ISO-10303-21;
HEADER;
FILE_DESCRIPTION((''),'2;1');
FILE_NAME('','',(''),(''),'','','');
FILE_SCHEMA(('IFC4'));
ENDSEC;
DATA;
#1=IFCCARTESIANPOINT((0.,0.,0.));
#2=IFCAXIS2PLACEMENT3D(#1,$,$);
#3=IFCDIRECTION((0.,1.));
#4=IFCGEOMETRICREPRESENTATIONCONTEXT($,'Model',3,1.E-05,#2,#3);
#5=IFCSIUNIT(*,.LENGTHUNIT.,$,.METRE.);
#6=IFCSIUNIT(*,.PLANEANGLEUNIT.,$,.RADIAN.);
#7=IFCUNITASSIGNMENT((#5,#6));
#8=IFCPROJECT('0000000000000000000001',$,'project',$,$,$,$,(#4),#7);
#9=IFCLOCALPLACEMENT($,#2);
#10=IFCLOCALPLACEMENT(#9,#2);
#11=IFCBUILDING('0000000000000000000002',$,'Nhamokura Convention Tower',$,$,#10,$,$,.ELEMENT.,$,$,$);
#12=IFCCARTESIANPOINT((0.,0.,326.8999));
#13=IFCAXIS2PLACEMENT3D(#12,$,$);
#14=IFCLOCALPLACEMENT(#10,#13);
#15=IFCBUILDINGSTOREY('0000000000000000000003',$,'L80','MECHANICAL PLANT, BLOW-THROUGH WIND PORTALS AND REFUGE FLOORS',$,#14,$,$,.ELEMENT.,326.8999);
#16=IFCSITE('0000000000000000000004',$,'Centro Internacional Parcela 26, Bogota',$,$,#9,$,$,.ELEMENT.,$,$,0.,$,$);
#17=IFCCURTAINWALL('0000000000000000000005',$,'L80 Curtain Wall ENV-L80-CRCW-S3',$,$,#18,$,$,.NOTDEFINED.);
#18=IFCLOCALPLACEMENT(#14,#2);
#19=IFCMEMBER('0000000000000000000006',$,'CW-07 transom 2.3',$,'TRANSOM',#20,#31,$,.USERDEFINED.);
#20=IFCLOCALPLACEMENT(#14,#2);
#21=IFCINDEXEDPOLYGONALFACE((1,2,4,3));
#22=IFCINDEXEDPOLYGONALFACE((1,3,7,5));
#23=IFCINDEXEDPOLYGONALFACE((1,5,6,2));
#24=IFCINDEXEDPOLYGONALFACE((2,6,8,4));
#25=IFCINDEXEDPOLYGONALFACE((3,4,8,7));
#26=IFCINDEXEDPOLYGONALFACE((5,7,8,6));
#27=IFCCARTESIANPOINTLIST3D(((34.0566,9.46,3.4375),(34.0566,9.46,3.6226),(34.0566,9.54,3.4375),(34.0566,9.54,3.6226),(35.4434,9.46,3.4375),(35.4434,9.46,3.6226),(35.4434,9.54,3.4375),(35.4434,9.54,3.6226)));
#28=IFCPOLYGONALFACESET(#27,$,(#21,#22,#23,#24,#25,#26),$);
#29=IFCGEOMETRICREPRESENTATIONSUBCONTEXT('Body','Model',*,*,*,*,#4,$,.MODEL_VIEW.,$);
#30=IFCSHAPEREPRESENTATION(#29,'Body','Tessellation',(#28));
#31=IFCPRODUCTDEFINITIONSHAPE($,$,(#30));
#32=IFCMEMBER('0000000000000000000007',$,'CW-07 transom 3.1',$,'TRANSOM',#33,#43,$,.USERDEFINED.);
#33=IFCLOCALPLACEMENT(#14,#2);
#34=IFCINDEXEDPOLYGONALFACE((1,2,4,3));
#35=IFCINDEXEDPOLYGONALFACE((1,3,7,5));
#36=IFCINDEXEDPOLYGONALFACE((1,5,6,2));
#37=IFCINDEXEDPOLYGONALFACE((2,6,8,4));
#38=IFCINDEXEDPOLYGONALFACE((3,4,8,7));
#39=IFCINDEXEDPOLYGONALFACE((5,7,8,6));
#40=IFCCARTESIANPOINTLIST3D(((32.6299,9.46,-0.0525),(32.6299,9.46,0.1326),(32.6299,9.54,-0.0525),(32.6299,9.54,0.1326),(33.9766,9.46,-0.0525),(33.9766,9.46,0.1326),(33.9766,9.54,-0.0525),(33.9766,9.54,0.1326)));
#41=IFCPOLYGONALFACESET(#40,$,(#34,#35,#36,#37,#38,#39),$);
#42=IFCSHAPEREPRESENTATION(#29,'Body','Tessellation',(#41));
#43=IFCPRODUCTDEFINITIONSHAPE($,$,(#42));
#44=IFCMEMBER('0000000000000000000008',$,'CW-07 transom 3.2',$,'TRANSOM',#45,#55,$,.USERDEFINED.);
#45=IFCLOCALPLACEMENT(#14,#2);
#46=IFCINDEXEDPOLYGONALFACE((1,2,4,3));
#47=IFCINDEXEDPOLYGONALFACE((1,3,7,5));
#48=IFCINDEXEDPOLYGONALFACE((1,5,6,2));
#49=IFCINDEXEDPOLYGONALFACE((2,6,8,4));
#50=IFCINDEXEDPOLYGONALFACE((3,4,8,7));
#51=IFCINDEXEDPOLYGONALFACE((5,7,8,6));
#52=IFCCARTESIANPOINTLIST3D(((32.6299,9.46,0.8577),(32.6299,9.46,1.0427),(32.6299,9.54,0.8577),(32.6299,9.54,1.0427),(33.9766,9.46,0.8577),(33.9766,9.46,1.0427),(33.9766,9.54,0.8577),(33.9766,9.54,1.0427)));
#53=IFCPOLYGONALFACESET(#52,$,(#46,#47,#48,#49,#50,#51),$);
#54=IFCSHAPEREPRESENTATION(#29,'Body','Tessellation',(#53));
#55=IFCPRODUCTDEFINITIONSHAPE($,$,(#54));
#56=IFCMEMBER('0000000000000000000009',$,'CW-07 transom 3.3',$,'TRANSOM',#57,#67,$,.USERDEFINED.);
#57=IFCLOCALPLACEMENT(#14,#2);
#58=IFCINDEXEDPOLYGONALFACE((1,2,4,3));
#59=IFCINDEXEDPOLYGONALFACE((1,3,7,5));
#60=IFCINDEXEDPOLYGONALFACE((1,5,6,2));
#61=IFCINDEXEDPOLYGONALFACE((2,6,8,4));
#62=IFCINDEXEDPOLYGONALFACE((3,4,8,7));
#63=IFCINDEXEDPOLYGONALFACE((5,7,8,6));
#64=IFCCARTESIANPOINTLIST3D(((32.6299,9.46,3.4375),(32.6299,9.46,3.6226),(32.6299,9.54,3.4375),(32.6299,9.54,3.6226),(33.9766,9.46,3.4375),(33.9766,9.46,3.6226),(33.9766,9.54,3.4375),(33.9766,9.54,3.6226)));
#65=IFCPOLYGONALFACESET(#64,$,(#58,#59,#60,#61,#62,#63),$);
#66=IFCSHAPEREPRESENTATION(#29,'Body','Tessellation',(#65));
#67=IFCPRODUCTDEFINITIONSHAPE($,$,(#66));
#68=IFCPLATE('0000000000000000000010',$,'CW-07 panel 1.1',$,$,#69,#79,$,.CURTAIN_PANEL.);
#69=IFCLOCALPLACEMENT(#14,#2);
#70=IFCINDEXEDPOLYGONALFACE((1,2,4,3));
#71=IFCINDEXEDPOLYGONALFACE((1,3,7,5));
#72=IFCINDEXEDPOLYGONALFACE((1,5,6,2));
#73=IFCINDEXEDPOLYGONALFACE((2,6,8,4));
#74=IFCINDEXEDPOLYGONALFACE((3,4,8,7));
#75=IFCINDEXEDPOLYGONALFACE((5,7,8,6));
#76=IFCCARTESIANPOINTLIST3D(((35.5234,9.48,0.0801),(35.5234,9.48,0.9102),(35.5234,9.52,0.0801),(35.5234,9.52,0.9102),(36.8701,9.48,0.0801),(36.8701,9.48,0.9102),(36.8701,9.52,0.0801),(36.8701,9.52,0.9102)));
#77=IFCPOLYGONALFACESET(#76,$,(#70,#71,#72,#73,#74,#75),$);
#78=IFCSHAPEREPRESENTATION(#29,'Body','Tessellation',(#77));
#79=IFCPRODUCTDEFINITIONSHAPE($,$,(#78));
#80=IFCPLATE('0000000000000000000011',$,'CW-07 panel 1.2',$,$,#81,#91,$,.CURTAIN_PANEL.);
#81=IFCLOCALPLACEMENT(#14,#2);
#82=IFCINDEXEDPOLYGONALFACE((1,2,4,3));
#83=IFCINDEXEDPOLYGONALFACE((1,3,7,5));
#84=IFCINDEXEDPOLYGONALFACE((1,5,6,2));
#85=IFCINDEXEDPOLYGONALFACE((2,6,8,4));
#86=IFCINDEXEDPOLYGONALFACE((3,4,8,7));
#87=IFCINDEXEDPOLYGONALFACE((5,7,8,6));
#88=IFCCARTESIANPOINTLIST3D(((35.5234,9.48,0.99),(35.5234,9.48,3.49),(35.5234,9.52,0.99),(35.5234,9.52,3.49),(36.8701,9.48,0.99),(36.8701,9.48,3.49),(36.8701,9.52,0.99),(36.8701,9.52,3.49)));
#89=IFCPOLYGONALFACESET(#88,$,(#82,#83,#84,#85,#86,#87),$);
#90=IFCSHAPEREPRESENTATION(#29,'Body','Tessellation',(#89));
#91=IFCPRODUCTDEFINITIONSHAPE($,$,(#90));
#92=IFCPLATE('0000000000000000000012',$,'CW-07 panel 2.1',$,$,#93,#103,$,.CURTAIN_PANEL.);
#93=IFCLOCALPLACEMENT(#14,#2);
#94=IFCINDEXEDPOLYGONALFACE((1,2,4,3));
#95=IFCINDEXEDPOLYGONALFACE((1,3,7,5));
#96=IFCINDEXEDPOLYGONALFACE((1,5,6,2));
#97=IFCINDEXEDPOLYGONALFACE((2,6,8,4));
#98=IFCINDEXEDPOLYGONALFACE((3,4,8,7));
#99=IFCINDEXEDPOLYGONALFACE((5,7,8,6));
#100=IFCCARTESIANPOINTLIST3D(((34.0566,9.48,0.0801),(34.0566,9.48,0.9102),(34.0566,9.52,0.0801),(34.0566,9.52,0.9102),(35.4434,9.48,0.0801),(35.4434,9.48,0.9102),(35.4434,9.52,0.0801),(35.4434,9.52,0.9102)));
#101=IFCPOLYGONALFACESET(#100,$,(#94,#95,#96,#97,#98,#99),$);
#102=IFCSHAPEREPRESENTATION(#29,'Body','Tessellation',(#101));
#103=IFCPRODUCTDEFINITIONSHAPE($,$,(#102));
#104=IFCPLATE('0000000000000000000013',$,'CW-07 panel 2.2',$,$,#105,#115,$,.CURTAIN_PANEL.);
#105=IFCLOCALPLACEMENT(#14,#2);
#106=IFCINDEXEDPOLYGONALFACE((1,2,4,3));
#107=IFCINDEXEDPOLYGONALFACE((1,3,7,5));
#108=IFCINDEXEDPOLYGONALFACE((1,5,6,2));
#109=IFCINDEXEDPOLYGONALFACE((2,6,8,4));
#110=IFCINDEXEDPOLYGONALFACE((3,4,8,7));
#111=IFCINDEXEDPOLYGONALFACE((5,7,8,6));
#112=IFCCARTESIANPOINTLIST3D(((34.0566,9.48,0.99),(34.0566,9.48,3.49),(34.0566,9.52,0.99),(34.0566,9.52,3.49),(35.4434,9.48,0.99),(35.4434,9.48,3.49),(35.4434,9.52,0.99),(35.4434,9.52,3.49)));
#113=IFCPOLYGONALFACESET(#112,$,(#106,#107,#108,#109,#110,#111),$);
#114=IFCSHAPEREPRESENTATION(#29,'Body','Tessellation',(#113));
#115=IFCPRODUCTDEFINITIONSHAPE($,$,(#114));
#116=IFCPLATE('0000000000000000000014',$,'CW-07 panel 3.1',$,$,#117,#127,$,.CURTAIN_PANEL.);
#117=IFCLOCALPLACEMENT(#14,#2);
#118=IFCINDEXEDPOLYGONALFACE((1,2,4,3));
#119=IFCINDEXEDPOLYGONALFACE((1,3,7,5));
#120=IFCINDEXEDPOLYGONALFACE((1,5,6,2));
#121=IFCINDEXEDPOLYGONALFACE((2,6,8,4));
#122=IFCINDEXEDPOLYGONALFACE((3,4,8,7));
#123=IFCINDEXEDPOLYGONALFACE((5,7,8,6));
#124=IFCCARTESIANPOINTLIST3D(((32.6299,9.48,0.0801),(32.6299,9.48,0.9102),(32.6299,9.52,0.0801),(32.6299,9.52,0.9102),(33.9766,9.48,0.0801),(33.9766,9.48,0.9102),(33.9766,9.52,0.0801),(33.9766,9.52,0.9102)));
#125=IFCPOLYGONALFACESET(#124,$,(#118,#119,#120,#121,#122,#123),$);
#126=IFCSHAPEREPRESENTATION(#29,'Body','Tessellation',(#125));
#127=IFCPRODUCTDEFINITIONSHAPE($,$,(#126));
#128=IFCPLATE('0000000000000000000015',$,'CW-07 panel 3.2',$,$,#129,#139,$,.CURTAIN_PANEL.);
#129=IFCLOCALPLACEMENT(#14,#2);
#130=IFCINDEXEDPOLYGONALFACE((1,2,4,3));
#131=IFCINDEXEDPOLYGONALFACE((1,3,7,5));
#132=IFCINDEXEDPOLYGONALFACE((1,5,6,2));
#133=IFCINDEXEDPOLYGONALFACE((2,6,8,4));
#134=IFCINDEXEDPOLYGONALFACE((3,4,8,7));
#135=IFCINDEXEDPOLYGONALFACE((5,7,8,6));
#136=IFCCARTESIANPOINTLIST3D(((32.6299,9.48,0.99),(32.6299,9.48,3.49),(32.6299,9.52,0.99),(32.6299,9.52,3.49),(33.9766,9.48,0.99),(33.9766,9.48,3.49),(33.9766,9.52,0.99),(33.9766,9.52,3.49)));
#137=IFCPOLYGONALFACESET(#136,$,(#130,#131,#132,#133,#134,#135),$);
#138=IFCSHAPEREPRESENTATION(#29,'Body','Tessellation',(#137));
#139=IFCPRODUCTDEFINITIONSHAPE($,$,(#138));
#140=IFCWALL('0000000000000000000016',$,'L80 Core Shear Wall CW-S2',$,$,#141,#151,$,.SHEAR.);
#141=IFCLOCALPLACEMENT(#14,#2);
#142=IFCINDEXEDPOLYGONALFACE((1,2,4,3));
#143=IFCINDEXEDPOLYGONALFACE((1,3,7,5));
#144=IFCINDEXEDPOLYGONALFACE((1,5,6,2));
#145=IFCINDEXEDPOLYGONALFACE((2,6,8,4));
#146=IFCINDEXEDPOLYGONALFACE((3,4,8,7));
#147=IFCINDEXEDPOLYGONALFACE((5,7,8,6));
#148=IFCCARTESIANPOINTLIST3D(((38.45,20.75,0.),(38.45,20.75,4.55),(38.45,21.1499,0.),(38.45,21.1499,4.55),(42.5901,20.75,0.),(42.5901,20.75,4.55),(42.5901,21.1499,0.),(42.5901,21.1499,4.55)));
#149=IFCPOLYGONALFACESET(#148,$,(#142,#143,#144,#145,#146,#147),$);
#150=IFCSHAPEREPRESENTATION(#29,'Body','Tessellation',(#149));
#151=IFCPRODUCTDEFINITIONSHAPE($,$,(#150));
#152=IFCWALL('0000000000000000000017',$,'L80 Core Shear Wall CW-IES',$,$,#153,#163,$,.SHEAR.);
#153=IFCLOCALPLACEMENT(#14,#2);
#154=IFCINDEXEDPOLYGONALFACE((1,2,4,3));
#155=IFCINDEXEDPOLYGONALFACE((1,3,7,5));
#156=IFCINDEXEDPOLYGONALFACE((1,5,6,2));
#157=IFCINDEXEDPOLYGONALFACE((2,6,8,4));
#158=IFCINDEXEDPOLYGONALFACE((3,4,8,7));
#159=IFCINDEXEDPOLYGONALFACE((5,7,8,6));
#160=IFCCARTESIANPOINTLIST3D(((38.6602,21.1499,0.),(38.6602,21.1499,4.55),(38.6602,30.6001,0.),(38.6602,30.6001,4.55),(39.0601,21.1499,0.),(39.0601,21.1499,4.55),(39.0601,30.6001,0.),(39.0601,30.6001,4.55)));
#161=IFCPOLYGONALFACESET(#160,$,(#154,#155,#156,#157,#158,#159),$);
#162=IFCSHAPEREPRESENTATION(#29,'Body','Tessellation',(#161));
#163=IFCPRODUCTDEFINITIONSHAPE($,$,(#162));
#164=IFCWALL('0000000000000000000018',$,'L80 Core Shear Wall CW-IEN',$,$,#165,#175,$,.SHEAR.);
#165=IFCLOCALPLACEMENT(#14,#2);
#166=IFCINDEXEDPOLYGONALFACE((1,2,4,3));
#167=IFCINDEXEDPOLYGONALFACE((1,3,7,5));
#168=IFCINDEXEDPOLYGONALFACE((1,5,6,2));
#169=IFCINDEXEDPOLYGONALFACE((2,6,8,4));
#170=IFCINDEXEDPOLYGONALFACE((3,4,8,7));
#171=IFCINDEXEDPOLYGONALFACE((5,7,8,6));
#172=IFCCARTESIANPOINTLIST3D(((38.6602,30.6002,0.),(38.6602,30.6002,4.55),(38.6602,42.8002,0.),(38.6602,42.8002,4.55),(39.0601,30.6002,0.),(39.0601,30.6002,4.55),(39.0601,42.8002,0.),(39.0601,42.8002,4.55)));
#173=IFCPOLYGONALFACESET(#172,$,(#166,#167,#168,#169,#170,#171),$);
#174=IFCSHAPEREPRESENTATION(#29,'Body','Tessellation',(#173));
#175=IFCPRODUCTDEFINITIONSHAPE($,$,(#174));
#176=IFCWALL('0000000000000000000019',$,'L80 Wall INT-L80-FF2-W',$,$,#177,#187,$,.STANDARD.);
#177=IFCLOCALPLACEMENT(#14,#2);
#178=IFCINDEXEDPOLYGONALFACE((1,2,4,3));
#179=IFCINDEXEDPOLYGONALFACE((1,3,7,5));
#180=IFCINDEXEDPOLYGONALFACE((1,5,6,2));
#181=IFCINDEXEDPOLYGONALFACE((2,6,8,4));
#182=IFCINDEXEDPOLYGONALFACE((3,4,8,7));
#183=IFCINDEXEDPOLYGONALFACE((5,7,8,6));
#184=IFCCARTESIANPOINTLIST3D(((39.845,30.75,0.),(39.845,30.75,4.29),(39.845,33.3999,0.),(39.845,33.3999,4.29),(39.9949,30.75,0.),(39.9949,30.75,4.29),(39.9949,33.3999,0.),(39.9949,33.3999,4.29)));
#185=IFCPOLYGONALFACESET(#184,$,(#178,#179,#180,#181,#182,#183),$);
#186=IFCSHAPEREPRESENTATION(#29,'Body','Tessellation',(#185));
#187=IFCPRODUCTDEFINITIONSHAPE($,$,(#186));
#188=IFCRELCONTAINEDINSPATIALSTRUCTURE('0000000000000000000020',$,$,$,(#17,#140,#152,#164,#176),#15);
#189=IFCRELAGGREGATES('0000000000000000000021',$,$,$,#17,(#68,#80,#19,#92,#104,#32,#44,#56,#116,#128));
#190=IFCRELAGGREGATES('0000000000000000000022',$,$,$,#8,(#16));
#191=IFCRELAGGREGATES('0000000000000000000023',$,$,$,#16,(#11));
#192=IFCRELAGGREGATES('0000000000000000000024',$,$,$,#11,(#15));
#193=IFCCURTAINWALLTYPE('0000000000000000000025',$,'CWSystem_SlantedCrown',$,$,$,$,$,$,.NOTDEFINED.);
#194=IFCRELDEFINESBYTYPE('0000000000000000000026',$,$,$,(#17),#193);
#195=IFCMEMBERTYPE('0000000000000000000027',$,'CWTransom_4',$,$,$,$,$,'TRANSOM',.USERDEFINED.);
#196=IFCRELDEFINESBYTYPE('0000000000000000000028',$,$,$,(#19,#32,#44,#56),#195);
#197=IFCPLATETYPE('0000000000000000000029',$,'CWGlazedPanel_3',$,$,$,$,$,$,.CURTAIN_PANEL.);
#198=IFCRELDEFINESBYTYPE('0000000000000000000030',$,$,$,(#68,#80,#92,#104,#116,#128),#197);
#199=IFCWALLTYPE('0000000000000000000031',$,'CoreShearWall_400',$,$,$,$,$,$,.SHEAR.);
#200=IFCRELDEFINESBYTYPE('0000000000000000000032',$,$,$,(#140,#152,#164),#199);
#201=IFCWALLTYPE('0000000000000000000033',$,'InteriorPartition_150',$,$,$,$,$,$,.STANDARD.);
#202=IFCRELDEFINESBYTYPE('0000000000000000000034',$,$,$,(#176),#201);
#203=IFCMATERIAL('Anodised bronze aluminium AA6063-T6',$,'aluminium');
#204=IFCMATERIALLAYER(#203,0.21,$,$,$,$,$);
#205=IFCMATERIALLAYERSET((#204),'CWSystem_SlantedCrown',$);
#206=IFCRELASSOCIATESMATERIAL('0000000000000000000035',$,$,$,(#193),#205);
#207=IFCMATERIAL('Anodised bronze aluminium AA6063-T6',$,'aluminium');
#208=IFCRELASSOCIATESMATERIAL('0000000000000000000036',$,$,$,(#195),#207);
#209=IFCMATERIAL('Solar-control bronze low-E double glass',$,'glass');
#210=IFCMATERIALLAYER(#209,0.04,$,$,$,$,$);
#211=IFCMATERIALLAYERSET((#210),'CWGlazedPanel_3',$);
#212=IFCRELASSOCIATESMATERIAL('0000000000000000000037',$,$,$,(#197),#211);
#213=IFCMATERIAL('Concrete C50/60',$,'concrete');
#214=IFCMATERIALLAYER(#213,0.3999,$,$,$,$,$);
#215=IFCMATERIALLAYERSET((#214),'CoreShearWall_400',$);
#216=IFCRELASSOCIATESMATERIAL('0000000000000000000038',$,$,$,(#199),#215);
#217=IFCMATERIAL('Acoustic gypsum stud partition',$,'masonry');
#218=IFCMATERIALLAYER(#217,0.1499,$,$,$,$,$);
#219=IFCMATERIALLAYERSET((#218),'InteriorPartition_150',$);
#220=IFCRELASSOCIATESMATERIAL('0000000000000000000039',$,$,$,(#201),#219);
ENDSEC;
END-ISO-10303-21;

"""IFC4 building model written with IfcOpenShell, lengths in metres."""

from ifc_helpers import new_model, si_unit, direction, frame, frame_2d, origin, origin_2d, place, context, subcontext, project, spatial, rectangle, extrude, material, layer, layer_set, material_profile, profile_set, type_object, element, aggregate, save


model = new_model("IFC4")

# Units and contexts
model_context = context("Model", 3, precision=1e-05, world=origin(), true_north=direction((0.0, 1.0)))
body_context = subcontext(model_context, "Body", "Model", "MODEL_VIEW")
ifc_project = project(units=[si_unit("LENGTHUNIT", "METRE"), si_unit("PLANEANGLEUNIT", "RADIAN")], contexts=[model_context])

# Site, building, storey
site_placement = place(None, origin())
site = spatial("IfcSite", under=ifc_project, at=site_placement, Name="Centro Internacional Parcela 26, Bogota", CompositionType="ELEMENT", RefElevation=0.0)
building_placement = place(site_placement, origin())
building = spatial("IfcBuilding", under=site, at=building_placement, Name="Nhamokura Convention Tower", CompositionType="ELEMENT")
storey_placement = place(building_placement, frame((0.0, 0.0, 326.8999)))
storey = spatial("IfcBuildingStorey", under=building, at=storey_placement, Name="L80", Description="MECHANICAL PLANT, BLOW-THROUGH WIND PORTALS AND REFUGE FLOORS", CompositionType="ELEMENT", Elevation=326.8999)

# Shared definitions
ifc_material_1 = material(Name="Anodised bronze aluminium AA6063-T6", Category="aluminium")
ifc_layer_1 = layer(ifc_material_1, 0.21)
ifc_layer_set_1 = layer_set([ifc_layer_1], Name="CWSystem_SlantedCrown")
curtain_wall_type = type_object("IfcCurtainWallType", Name="CWSystem_SlantedCrown", PredefinedType="NOTDEFINED", material=ifc_layer_set_1)

# Curtain wall, members, plates
curtain_wall_1_placement = place(storey_placement, origin())
curtain_wall_1 = element("IfcCurtainWall", 1, at=curtain_wall_1_placement, inside=storey, type_object=curtain_wall_type, Name="L80 Curtain Wall ENV-L80-CRCW-S3", PredefinedType="NOTDEFINED")
ifc_material_2 = material(Name="Anodised bronze aluminium AA6063-T6", Category="aluminium")
ifc_material_profile_1 = material_profile(ifc_material_2, rectangle(XDim=0.0801, YDim=0.1851, at=origin_2d()))
ifc_profile_set_1 = profile_set([ifc_material_profile_1], Name="Anodised bronze aluminium AA6063-T6")
member_type_1 = type_object("IfcMemberType", Name="CWTransom_4", ElementType="TRANSOM", PredefinedType="USERDEFINED", material=ifc_profile_set_1)
member_1_placement = place(storey_placement, frame((35.4434, 9.5, 3.53), z_axis=(-1.0, 0.0, 0.0), x_axis=(0.0, -1.0, 0.0)))
member_1 = element("IfcMember", 2, at=member_1_placement, type_object=member_type_1, Name="CW-07 transom 2.3", ObjectType="TRANSOM", PredefinedType="USERDEFINED", context=body_context, shape_type="SweptSolid", body=[
    extrude(rectangle(XDim=0.0801, YDim=0.1851, at=origin_2d()), origin(), (0.0, 0.0, 1.0), 1.3867),
])
member_2_placement = place(storey_placement, frame((33.9766, 9.5, 0.04), z_axis=(-1.0, 0.0, 0.0), x_axis=(0.0, -1.0, 0.0)))
member_2 = element("IfcMember", 3, at=member_2_placement, type_object=member_type_1, Name="CW-07 transom 3.1", ObjectType="TRANSOM", PredefinedType="USERDEFINED", context=body_context, shape_type="SweptSolid", body=[
    extrude(rectangle(XDim=0.0801, YDim=0.1851, at=origin_2d()), origin(), (0.0, 0.0, 1.0), 1.3467),
])
member_3_placement = place(storey_placement, frame((33.9766, 9.5, 0.9502), z_axis=(-1.0, 0.0, 0.0), x_axis=(0.0, -1.0, 0.0)))
member_3 = element("IfcMember", 4, at=member_3_placement, type_object=member_type_1, Name="CW-07 transom 3.2", ObjectType="TRANSOM", PredefinedType="USERDEFINED", context=body_context, shape_type="SweptSolid", body=[
    extrude(rectangle(XDim=0.0801, YDim=0.1851, at=origin_2d()), origin(), (0.0, 0.0, 1.0), 1.3467),
])
member_4_placement = place(storey_placement, frame((33.9766, 9.5, 3.53), z_axis=(-1.0, 0.0, 0.0), x_axis=(0.0, -1.0, 0.0)))
member_4 = element("IfcMember", 5, at=member_4_placement, type_object=member_type_1, Name="CW-07 transom 3.3", ObjectType="TRANSOM", PredefinedType="USERDEFINED", context=body_context, shape_type="SweptSolid", body=[
    extrude(rectangle(XDim=0.0801, YDim=0.1851, at=origin_2d()), origin(), (0.0, 0.0, 1.0), 1.3467),
])
ifc_material_3 = material(Name="Solar-control bronze low-E double glass", Category="glass")
ifc_layer_2 = layer(ifc_material_3, 0.04)
ifc_layer_set_2 = layer_set([ifc_layer_2], Name="CWGlazedPanel_3")
plate_type = type_object("IfcPlateType", Name="CWGlazedPanel_3", PredefinedType="CURTAIN_PANEL", material=ifc_layer_set_2)
plate_1_placement = place(storey_placement, frame((36.1968, 9.5, 0.0801), z_axis=(0.0, 0.0, 1.0), x_axis=(-1.0, 0.0, 0.0)))
plate_1 = element("IfcPlate", 6, at=plate_1_placement, type_object=plate_type, Name="CW-07 panel 1.1", PredefinedType="CURTAIN_PANEL", context=body_context, shape_type="SweptSolid", body=[
    extrude(rectangle(XDim=1.3467, YDim=0.04, at=origin_2d()), origin(), (0.0, 0.0, 1.0), 0.8301),
])
plate_2_placement = place(storey_placement, frame((36.1968, 9.5, 0.99), z_axis=(0.0, 0.0, 1.0), x_axis=(-1.0, 0.0, 0.0)))
plate_2 = element("IfcPlate", 7, at=plate_2_placement, type_object=plate_type, Name="CW-07 panel 1.2", PredefinedType="CURTAIN_PANEL", context=body_context, shape_type="SweptSolid", body=[
    extrude(rectangle(XDim=1.3467, YDim=0.04, at=origin_2d()), origin(), (0.0, 0.0, 1.0), 2.5),
])
plate_3_placement = place(storey_placement, frame((34.75, 9.5, 0.0801), z_axis=(0.0, 0.0, 1.0), x_axis=(-1.0, 0.0, 0.0)))
plate_3 = element("IfcPlate", 8, at=plate_3_placement, type_object=plate_type, Name="CW-07 panel 2.1", PredefinedType="CURTAIN_PANEL", context=body_context, shape_type="SweptSolid", body=[
    extrude(rectangle(XDim=1.3867, YDim=0.04, at=origin_2d()), origin(), (0.0, 0.0, 1.0), 0.8301),
])
plate_4_placement = place(storey_placement, frame((34.75, 9.5, 0.99), z_axis=(0.0, 0.0, 1.0), x_axis=(-1.0, 0.0, 0.0)))
plate_4 = element("IfcPlate", 9, at=plate_4_placement, type_object=plate_type, Name="CW-07 panel 2.2", PredefinedType="CURTAIN_PANEL", context=body_context, shape_type="SweptSolid", body=[
    extrude(rectangle(XDim=1.3867, YDim=0.04, at=origin_2d()), origin(), (0.0, 0.0, 1.0), 2.5),
])
plate_5_placement = place(storey_placement, frame((33.3032, 9.5, 0.0801), z_axis=(0.0, 0.0, 1.0), x_axis=(-1.0, 0.0, 0.0)))
plate_5 = element("IfcPlate", 10, at=plate_5_placement, type_object=plate_type, Name="CW-07 panel 3.1", PredefinedType="CURTAIN_PANEL", context=body_context, shape_type="SweptSolid", body=[
    extrude(rectangle(XDim=1.3467, YDim=0.04, at=origin_2d()), origin(), (0.0, 0.0, 1.0), 0.8301),
])
plate_6_placement = place(storey_placement, frame((33.3032, 9.5, 0.99), z_axis=(0.0, 0.0, 1.0), x_axis=(-1.0, 0.0, 0.0)))
plate_6 = element("IfcPlate", 11, at=plate_6_placement, type_object=plate_type, Name="CW-07 panel 3.2", PredefinedType="CURTAIN_PANEL", context=body_context, shape_type="SweptSolid", body=[
    extrude(rectangle(XDim=1.3467, YDim=0.04, at=origin_2d()), origin(), (0.0, 0.0, 1.0), 2.5),
])
aggregate(curtain_wall_1, [plate_1, plate_2, member_1, plate_3, plate_4, member_2, member_3, member_4, plate_5, plate_6])

# Walls
ifc_material_4 = material(Name="Concrete C50/60", Category="concrete")
ifc_layer_3 = layer(ifc_material_4, 0.3999)
ifc_layer_set_3 = layer_set([ifc_layer_3], Name="CoreShearWall_400")
wall_type_1 = type_object("IfcWallType", Name="CoreShearWall_400", PredefinedType="SHEAR", material=ifc_layer_set_3)
wall_1_placement = place(storey_placement, frame((38.45, 20.95, 0.0), z_axis=(0.0, 0.0, 1.0), x_axis=(1.0, 0.0, 0.0)))
element("IfcWall", 12, at=wall_1_placement, inside=storey, type_object=wall_type_1, Name="L80 Core Shear Wall CW-S2", PredefinedType="SHEAR", context=body_context, shape_type="SweptSolid", body=[
    extrude(rectangle(XDim=4.1401, YDim=0.3999, at=frame_2d((2.0701, 0.0))), origin(), (0.0, 0.0, 1.0), 4.55),
])
wall_2_placement = place(storey_placement, frame((38.8601, 21.1499, 0.0), z_axis=(0.0, 0.0, 1.0), x_axis=(0.0, 1.0, 0.0)))
element("IfcWall", 13, at=wall_2_placement, inside=storey, type_object=wall_type_1, Name="L80 Core Shear Wall CW-IES", PredefinedType="SHEAR", context=body_context, shape_type="SweptSolid", body=[
    extrude(rectangle(XDim=9.4502, YDim=0.3999, at=frame_2d((4.7251, 0.0))), origin(), (0.0, 0.0, 1.0), 4.55),
])
wall_3_placement = place(storey_placement, frame((38.8601, 30.6001, 0.0), z_axis=(0.0, 0.0, 1.0), x_axis=(0.0, 1.0, 0.0)))
element("IfcWall", 14, at=wall_3_placement, inside=storey, type_object=wall_type_1, Name="L80 Core Shear Wall CW-IEN", PredefinedType="SHEAR", context=body_context, shape_type="SweptSolid", body=[
    extrude(rectangle(XDim=12.2, YDim=0.3999, at=frame_2d((6.1001, 0.0))), origin(), (0.0, 0.0, 1.0), 4.55),
])

# Wall
ifc_material_5 = material(Name="Acoustic gypsum stud partition", Category="masonry")
ifc_layer_4 = layer(ifc_material_5, 0.1499)
ifc_layer_set_4 = layer_set([ifc_layer_4], Name="InteriorPartition_150")
wall_type_2 = type_object("IfcWallType", Name="InteriorPartition_150", PredefinedType="STANDARD", material=ifc_layer_set_4)
wall_4_placement = place(storey_placement, frame((39.9199, 30.75, 0.0), z_axis=(0.0, 0.0, 1.0), x_axis=(0.0, 1.0, 0.0)))
element("IfcWall", 15, at=wall_4_placement, inside=storey, type_object=wall_type_2, Name="L80 Wall INT-L80-FF2-W", PredefinedType="STANDARD", context=body_context, shape_type="SweptSolid", body=[
    extrude(rectangle(XDim=2.6499, YDim=0.1499, at=frame_2d((1.325, 0.0))), origin(), (0.0, 0.0, 1.0), 4.29),
])

save(model, "model.ifc")
